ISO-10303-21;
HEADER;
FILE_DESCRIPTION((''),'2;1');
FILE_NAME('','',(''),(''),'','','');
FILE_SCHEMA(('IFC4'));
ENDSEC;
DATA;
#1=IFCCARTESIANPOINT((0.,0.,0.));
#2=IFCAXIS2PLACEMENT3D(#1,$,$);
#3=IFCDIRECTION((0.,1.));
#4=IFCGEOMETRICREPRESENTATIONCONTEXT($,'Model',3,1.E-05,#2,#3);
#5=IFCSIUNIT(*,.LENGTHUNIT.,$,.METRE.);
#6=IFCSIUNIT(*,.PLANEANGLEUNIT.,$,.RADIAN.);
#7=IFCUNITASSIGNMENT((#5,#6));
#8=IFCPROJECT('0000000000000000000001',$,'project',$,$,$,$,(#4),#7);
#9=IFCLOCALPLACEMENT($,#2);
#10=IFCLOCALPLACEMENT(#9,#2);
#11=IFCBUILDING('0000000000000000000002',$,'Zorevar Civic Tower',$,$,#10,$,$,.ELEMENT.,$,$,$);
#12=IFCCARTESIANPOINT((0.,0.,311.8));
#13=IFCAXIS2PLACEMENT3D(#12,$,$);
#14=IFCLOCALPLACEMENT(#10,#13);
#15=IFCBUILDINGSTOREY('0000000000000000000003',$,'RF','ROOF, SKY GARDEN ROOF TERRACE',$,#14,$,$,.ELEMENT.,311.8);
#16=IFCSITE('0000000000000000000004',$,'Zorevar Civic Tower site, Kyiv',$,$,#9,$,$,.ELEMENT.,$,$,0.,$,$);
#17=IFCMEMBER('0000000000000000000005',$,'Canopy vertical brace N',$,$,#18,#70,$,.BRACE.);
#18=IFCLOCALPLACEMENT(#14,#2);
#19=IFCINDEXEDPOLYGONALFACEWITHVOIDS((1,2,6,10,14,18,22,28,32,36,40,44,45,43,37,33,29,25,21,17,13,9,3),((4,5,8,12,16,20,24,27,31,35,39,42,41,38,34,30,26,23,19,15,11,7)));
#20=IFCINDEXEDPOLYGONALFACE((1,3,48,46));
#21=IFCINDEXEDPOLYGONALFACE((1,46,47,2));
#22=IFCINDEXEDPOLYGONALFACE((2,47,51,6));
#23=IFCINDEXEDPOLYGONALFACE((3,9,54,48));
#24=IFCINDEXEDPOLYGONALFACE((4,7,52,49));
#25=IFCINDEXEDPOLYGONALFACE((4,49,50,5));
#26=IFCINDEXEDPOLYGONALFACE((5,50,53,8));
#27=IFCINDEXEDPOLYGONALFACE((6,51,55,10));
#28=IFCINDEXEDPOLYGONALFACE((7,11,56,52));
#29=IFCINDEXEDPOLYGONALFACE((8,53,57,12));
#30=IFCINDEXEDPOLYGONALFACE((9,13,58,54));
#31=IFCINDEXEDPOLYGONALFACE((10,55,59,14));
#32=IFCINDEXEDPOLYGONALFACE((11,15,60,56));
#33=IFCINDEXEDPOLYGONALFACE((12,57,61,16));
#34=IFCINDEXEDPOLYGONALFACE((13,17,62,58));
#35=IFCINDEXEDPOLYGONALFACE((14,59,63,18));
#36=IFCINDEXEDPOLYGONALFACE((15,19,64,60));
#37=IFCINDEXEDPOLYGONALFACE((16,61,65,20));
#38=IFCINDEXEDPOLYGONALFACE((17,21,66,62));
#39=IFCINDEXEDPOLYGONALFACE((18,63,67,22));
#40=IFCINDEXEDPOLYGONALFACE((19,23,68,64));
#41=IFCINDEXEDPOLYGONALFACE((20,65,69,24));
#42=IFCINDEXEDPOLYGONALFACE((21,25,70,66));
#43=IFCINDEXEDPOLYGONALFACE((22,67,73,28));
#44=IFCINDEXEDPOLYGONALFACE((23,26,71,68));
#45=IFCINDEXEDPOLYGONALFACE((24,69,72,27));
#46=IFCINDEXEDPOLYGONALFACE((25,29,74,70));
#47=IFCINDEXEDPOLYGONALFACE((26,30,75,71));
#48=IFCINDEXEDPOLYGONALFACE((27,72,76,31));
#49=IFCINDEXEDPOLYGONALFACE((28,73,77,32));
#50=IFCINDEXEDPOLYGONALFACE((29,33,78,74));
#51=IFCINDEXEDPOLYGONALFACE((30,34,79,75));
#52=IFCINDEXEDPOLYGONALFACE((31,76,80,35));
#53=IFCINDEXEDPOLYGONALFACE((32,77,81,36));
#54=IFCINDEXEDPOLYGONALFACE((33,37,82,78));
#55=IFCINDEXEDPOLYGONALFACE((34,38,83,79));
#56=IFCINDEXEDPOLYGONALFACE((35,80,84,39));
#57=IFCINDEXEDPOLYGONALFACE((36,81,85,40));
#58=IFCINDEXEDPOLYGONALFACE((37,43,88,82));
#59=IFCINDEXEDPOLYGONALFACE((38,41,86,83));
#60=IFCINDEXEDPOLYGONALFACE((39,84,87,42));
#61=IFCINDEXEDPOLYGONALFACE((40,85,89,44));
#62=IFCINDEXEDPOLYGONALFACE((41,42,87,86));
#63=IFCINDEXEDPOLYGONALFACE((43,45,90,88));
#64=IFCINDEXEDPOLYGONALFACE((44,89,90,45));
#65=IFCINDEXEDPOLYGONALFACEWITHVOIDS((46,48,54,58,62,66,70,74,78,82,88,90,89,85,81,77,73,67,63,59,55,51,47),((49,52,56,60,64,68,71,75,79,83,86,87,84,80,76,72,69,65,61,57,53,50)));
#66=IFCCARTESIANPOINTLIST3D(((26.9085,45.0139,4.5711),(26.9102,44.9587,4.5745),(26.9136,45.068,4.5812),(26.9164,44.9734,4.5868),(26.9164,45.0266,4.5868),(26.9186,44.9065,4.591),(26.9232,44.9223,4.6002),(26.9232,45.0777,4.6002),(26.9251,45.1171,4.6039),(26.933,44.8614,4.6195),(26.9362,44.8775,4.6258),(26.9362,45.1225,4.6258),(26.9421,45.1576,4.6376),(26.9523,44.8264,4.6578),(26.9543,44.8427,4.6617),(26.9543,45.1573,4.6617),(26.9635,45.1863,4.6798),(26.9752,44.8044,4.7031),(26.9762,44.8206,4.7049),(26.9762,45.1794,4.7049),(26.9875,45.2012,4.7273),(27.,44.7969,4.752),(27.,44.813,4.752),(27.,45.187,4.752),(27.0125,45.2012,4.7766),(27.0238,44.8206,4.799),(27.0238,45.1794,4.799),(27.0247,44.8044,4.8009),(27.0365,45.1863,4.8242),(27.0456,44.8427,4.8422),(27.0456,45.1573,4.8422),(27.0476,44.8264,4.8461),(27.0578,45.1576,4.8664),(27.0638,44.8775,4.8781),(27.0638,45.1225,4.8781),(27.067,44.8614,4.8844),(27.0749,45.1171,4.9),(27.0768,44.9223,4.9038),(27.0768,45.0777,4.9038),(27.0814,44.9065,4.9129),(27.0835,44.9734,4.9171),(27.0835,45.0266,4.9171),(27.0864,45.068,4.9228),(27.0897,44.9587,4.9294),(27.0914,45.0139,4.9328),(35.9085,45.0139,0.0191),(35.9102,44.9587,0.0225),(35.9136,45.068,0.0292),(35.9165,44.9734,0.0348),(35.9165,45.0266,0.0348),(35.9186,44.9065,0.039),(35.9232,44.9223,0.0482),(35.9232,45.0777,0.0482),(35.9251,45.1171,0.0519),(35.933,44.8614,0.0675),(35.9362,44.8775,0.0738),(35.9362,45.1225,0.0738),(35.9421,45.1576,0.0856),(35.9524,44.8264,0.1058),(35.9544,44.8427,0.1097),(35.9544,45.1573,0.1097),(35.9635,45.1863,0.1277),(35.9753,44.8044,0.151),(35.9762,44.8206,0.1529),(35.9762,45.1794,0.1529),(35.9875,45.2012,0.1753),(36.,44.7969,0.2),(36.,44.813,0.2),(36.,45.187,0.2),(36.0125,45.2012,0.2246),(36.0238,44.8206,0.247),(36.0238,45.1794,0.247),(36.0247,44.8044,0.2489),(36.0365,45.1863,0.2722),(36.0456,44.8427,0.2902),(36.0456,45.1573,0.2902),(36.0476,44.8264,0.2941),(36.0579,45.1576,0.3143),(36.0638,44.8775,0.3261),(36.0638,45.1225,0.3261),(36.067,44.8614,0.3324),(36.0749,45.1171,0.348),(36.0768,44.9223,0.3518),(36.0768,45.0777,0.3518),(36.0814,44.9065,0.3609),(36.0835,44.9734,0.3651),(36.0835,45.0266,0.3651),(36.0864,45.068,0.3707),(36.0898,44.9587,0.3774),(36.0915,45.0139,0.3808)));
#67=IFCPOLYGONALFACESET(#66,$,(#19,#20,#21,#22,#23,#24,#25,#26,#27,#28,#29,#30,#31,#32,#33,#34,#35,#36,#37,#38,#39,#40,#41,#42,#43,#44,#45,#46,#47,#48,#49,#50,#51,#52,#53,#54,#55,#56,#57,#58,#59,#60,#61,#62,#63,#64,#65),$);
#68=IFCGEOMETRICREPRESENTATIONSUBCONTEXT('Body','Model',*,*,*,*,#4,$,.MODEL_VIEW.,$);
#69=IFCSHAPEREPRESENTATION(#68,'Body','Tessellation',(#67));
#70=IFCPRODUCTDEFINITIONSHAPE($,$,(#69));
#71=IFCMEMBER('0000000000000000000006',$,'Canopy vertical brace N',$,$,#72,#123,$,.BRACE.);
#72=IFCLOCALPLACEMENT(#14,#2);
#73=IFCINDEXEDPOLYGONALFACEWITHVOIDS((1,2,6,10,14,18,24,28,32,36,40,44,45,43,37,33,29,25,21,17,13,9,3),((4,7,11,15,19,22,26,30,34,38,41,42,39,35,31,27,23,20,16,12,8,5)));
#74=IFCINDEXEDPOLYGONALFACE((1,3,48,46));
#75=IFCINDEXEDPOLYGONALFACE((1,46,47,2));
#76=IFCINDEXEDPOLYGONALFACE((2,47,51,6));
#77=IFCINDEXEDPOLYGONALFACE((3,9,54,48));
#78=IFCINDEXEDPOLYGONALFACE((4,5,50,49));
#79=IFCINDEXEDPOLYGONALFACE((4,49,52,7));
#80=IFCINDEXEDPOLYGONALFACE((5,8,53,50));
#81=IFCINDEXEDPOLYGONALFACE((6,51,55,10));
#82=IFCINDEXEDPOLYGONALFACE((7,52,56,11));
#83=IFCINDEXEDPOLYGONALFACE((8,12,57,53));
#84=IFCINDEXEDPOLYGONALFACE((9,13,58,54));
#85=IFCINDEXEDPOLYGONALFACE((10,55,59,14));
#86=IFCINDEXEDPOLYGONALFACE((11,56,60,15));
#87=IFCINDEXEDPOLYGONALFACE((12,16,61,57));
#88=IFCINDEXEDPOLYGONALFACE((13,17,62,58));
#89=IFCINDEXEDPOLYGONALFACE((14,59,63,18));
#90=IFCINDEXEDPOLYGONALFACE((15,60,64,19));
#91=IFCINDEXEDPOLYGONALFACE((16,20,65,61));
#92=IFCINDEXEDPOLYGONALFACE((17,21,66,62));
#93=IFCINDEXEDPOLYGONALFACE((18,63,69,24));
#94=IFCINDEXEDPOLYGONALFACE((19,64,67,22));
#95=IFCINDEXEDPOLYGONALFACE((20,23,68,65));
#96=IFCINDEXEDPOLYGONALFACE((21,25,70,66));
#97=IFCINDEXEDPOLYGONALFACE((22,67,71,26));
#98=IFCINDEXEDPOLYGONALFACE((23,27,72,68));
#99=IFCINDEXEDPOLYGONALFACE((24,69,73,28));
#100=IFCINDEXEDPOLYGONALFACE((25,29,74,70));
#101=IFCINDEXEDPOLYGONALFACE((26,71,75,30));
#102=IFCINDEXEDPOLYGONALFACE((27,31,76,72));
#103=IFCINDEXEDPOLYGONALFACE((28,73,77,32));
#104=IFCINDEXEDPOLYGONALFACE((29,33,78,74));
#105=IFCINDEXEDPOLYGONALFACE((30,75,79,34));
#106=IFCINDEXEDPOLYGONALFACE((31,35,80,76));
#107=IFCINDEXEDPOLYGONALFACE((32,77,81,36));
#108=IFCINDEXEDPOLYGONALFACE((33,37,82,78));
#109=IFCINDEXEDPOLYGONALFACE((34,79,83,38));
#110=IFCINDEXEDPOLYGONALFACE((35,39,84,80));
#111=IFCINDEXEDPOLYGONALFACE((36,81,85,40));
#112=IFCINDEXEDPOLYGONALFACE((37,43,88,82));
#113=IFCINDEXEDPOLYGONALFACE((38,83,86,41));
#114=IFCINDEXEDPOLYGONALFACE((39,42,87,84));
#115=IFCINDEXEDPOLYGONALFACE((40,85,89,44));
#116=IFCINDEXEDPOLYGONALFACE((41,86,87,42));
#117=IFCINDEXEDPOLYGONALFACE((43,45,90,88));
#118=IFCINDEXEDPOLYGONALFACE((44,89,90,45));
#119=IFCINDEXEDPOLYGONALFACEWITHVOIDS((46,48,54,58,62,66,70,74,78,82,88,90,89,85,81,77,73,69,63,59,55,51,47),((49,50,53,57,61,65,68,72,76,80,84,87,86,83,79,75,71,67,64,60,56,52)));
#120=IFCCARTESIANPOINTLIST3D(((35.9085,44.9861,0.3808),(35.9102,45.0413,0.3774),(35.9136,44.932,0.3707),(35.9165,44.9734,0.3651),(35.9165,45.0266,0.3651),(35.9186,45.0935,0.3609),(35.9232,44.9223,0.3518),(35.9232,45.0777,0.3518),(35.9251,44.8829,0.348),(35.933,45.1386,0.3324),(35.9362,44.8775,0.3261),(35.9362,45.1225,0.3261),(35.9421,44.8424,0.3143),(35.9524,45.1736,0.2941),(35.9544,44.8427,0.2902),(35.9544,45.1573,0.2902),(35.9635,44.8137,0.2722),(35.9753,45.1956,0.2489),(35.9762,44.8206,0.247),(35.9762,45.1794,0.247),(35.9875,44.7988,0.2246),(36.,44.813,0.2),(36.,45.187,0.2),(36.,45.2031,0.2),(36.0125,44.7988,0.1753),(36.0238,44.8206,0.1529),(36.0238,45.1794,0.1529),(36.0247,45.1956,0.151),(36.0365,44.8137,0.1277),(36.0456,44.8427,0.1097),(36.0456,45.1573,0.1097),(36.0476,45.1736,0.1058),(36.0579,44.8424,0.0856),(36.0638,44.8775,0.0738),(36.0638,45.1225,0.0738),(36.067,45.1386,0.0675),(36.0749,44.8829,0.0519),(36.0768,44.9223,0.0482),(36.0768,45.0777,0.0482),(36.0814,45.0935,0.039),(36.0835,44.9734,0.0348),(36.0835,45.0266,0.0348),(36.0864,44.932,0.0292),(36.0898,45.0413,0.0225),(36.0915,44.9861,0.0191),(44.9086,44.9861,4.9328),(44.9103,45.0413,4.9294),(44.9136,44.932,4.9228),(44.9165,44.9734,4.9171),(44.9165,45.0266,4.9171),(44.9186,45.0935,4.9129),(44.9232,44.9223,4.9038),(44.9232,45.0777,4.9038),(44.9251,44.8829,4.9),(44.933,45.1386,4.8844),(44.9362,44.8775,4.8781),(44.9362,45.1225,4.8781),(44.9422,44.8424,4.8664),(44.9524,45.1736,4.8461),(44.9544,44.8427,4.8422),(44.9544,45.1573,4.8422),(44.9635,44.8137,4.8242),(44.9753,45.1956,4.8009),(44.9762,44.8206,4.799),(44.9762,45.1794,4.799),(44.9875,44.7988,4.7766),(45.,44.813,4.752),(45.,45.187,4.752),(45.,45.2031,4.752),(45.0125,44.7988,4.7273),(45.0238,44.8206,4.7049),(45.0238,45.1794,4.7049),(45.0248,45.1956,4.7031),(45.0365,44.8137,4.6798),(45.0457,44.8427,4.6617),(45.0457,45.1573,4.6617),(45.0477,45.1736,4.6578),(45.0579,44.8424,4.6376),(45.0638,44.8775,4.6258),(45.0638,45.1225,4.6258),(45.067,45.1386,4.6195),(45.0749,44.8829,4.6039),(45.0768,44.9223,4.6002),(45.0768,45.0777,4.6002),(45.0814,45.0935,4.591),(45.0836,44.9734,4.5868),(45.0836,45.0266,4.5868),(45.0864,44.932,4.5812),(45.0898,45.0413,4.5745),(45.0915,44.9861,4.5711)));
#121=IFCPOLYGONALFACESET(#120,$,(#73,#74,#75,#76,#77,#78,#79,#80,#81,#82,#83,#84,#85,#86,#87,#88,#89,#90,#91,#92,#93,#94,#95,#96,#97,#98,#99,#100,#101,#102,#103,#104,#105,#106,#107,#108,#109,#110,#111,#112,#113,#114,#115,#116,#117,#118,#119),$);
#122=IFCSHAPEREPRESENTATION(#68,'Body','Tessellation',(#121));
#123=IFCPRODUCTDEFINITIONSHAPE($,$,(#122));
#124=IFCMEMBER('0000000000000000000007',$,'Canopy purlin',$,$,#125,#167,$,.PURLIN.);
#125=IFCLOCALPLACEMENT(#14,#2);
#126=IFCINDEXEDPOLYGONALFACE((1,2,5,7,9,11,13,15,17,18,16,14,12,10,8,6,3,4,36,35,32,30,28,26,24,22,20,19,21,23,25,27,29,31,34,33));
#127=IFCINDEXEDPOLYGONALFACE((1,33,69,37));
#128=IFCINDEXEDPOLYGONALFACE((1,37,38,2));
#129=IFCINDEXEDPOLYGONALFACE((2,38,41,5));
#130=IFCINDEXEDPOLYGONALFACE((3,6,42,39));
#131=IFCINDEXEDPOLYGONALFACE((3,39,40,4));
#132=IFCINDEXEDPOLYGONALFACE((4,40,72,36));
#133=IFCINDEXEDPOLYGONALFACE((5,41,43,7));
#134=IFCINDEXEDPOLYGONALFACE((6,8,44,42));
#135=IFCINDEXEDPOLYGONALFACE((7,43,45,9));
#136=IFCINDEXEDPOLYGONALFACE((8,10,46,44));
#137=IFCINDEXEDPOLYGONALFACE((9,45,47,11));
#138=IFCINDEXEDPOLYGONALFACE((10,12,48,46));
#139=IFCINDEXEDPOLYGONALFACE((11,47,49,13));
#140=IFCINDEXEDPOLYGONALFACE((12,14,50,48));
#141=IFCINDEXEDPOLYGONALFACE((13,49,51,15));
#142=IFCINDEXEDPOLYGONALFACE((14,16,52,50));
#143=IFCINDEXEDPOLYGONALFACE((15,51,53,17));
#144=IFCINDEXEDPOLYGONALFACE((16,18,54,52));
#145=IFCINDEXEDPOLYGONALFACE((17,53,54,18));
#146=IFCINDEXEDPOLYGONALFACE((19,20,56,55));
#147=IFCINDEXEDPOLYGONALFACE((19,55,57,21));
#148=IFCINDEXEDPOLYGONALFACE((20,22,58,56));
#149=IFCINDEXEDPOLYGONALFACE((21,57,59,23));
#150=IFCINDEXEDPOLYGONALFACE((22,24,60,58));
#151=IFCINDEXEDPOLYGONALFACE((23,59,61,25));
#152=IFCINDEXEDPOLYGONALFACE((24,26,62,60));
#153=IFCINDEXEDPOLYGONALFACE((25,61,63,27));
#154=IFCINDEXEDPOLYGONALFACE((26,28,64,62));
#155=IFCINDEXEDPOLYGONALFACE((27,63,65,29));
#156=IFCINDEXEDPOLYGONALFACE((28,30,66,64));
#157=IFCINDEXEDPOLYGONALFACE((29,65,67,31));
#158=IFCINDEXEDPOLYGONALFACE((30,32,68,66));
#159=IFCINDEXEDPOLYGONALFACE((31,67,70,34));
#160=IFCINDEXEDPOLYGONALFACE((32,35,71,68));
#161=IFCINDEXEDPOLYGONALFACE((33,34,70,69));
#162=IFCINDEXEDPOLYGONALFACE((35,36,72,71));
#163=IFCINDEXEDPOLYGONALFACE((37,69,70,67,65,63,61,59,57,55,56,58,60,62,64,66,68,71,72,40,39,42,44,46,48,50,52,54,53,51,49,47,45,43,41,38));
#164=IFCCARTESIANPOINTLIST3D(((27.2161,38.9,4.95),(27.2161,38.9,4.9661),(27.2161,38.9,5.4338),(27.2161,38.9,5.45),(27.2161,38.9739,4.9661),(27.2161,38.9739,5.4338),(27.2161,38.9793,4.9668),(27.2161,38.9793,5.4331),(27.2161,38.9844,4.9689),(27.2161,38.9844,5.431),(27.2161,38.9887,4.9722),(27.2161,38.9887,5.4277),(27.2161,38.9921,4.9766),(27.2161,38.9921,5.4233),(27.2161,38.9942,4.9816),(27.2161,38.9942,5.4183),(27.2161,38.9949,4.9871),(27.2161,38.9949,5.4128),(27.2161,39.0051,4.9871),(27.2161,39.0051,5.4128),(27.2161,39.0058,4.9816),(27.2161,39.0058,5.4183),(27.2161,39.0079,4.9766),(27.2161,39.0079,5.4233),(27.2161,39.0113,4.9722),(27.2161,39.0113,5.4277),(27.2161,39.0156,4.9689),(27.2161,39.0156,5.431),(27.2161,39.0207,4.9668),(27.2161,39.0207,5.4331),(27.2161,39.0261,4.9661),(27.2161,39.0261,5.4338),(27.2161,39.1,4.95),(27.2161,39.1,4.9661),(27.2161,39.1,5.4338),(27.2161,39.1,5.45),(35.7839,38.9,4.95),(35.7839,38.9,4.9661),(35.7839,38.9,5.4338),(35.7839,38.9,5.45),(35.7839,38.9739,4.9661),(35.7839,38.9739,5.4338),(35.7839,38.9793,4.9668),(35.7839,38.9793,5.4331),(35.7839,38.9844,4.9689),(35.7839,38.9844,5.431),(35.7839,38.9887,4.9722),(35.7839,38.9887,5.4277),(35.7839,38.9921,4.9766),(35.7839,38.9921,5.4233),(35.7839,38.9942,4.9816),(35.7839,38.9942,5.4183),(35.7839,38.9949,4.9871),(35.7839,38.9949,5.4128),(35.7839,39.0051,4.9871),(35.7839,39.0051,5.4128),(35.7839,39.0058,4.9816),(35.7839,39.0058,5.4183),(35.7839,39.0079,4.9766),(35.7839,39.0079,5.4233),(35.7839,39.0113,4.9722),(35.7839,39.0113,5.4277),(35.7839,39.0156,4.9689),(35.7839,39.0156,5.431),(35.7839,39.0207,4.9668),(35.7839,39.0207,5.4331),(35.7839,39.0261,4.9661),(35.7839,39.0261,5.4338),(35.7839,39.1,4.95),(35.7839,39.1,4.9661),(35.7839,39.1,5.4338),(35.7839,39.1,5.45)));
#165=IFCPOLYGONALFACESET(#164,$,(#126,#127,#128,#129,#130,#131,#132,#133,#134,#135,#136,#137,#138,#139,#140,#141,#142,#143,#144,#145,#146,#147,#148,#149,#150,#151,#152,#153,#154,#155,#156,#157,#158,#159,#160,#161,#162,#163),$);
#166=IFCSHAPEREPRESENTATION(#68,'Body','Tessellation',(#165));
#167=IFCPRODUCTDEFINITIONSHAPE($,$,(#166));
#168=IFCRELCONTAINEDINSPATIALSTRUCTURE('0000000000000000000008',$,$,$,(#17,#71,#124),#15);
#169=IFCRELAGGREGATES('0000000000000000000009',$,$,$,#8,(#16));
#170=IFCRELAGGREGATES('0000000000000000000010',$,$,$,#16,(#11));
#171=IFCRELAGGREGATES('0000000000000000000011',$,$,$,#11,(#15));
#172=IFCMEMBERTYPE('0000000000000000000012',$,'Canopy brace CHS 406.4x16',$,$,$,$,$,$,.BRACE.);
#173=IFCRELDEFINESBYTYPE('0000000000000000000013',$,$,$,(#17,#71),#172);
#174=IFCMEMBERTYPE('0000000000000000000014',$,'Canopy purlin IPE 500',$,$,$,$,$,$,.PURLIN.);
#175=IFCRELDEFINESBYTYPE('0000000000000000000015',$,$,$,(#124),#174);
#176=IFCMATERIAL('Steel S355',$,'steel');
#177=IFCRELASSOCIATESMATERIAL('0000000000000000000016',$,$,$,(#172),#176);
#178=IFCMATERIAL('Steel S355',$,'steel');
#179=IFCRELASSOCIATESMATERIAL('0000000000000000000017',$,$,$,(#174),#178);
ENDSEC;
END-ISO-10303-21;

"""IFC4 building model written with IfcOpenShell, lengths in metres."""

from ifc_helpers import new_model, si_unit, direction, frame, origin, origin_2d, place, context, subcontext, project, spatial, hollow_circle, i_section, extrude, material, material_profile, profile_set, type_object, element, save


model = new_model("IFC4")

# Units and contexts
model_context = context("Model", 3, precision=1e-05, world=origin(), true_north=direction((0.0, 1.0)))
body_context = subcontext(model_context, "Body", "Model", "MODEL_VIEW")
ifc_project = project(units=[si_unit("LENGTHUNIT", "METRE"), si_unit("PLANEANGLEUNIT", "RADIAN")], contexts=[model_context])

# Site, building, storey
site_placement = place(None, origin())
site = spatial("IfcSite", under=ifc_project, at=site_placement, Name="Zorevar Civic Tower site, Kyiv", CompositionType="ELEMENT", RefElevation=0.0)
building_placement = place(site_placement, origin())
building = spatial("IfcBuilding", under=site, at=building_placement, Name="Zorevar Civic Tower", CompositionType="ELEMENT")
storey_placement = place(building_placement, frame((0.0, 0.0, 311.8)))
storey = spatial("IfcBuildingStorey", under=building, at=storey_placement, Name="RF", Description="ROOF, SKY GARDEN ROOF TERRACE", CompositionType="ELEMENT", Elevation=311.8)

# Members
ifc_material_1 = material(Name="Steel S355", Category="steel")
ifc_material_profile_1 = material_profile(ifc_material_1, hollow_circle(Radius=0.2031, WallThickness=0.0161, at=origin_2d()), Name="CHS 406.4x16")
ifc_profile_set_1 = profile_set([ifc_material_profile_1], Name="Steel S355")
member_type_1 = type_object("IfcMemberType", Name="Canopy brace CHS 406.4x16", PredefinedType="BRACE", material=ifc_profile_set_1)
for number, where, z_axis, x_axis, name in (
    (1, (36.0, 45.0, 0.2), (-0.892355, 0.0, 0.451334), (0.0, -1.0, 0.0), "Canopy vertical brace N"),
    (2, (36.0, 45.0, 0.2), (0.892355, 0.0, 0.451334), (0.0, 1.0, 0.0), "Canopy vertical brace N"),
):
    element("IfcMember", number, at=place(storey_placement, frame(where, z_axis=z_axis, x_axis=x_axis)), inside=storey, type_object=member_type_1, Name=name, PredefinedType="BRACE", context=body_context, shape_type="SweptSolid", body=[
        extrude(hollow_circle(Radius=0.2031, WallThickness=0.0161, at=origin_2d()), origin(), (0.0, 0.0, 1.0), 10.0857),
    ])
ifc_material_2 = material(Name="Steel S355", Category="steel")
ifc_material_profile_2 = material_profile(ifc_material_2, i_section(OverallWidth=0.2, OverallDepth=0.5, WebThickness=0.0103, FlangeThickness=0.0161, FilletRadius=0.021, at=origin_2d()), Name="IPE 500")
ifc_profile_set_2 = profile_set([ifc_material_profile_2], Name="Steel S355")
member_type_2 = type_object("IfcMemberType", Name="Canopy purlin IPE 500", PredefinedType="PURLIN", material=ifc_profile_set_2)
for number, where, z_axis, x_axis, name in (
    (3, (27.2161, 39.0, 5.2), (1.0, 0.0, 0.0), (0.0, 1.0, 0.0), "Canopy purlin"),
):
    element("IfcMember", number, at=place(storey_placement, frame(where, z_axis=z_axis, x_axis=x_axis)), inside=storey, type_object=member_type_2, Name=name, PredefinedType="PURLIN", context=body_context, shape_type="SweptSolid", body=[
        extrude(i_section(OverallWidth=0.2, OverallDepth=0.5, WebThickness=0.0103, FlangeThickness=0.0161, FilletRadius=0.021, at=origin_2d()), origin(), (0.0, 0.0, 1.0), 8.5679),
    ])

save(model, "model.ifc")
